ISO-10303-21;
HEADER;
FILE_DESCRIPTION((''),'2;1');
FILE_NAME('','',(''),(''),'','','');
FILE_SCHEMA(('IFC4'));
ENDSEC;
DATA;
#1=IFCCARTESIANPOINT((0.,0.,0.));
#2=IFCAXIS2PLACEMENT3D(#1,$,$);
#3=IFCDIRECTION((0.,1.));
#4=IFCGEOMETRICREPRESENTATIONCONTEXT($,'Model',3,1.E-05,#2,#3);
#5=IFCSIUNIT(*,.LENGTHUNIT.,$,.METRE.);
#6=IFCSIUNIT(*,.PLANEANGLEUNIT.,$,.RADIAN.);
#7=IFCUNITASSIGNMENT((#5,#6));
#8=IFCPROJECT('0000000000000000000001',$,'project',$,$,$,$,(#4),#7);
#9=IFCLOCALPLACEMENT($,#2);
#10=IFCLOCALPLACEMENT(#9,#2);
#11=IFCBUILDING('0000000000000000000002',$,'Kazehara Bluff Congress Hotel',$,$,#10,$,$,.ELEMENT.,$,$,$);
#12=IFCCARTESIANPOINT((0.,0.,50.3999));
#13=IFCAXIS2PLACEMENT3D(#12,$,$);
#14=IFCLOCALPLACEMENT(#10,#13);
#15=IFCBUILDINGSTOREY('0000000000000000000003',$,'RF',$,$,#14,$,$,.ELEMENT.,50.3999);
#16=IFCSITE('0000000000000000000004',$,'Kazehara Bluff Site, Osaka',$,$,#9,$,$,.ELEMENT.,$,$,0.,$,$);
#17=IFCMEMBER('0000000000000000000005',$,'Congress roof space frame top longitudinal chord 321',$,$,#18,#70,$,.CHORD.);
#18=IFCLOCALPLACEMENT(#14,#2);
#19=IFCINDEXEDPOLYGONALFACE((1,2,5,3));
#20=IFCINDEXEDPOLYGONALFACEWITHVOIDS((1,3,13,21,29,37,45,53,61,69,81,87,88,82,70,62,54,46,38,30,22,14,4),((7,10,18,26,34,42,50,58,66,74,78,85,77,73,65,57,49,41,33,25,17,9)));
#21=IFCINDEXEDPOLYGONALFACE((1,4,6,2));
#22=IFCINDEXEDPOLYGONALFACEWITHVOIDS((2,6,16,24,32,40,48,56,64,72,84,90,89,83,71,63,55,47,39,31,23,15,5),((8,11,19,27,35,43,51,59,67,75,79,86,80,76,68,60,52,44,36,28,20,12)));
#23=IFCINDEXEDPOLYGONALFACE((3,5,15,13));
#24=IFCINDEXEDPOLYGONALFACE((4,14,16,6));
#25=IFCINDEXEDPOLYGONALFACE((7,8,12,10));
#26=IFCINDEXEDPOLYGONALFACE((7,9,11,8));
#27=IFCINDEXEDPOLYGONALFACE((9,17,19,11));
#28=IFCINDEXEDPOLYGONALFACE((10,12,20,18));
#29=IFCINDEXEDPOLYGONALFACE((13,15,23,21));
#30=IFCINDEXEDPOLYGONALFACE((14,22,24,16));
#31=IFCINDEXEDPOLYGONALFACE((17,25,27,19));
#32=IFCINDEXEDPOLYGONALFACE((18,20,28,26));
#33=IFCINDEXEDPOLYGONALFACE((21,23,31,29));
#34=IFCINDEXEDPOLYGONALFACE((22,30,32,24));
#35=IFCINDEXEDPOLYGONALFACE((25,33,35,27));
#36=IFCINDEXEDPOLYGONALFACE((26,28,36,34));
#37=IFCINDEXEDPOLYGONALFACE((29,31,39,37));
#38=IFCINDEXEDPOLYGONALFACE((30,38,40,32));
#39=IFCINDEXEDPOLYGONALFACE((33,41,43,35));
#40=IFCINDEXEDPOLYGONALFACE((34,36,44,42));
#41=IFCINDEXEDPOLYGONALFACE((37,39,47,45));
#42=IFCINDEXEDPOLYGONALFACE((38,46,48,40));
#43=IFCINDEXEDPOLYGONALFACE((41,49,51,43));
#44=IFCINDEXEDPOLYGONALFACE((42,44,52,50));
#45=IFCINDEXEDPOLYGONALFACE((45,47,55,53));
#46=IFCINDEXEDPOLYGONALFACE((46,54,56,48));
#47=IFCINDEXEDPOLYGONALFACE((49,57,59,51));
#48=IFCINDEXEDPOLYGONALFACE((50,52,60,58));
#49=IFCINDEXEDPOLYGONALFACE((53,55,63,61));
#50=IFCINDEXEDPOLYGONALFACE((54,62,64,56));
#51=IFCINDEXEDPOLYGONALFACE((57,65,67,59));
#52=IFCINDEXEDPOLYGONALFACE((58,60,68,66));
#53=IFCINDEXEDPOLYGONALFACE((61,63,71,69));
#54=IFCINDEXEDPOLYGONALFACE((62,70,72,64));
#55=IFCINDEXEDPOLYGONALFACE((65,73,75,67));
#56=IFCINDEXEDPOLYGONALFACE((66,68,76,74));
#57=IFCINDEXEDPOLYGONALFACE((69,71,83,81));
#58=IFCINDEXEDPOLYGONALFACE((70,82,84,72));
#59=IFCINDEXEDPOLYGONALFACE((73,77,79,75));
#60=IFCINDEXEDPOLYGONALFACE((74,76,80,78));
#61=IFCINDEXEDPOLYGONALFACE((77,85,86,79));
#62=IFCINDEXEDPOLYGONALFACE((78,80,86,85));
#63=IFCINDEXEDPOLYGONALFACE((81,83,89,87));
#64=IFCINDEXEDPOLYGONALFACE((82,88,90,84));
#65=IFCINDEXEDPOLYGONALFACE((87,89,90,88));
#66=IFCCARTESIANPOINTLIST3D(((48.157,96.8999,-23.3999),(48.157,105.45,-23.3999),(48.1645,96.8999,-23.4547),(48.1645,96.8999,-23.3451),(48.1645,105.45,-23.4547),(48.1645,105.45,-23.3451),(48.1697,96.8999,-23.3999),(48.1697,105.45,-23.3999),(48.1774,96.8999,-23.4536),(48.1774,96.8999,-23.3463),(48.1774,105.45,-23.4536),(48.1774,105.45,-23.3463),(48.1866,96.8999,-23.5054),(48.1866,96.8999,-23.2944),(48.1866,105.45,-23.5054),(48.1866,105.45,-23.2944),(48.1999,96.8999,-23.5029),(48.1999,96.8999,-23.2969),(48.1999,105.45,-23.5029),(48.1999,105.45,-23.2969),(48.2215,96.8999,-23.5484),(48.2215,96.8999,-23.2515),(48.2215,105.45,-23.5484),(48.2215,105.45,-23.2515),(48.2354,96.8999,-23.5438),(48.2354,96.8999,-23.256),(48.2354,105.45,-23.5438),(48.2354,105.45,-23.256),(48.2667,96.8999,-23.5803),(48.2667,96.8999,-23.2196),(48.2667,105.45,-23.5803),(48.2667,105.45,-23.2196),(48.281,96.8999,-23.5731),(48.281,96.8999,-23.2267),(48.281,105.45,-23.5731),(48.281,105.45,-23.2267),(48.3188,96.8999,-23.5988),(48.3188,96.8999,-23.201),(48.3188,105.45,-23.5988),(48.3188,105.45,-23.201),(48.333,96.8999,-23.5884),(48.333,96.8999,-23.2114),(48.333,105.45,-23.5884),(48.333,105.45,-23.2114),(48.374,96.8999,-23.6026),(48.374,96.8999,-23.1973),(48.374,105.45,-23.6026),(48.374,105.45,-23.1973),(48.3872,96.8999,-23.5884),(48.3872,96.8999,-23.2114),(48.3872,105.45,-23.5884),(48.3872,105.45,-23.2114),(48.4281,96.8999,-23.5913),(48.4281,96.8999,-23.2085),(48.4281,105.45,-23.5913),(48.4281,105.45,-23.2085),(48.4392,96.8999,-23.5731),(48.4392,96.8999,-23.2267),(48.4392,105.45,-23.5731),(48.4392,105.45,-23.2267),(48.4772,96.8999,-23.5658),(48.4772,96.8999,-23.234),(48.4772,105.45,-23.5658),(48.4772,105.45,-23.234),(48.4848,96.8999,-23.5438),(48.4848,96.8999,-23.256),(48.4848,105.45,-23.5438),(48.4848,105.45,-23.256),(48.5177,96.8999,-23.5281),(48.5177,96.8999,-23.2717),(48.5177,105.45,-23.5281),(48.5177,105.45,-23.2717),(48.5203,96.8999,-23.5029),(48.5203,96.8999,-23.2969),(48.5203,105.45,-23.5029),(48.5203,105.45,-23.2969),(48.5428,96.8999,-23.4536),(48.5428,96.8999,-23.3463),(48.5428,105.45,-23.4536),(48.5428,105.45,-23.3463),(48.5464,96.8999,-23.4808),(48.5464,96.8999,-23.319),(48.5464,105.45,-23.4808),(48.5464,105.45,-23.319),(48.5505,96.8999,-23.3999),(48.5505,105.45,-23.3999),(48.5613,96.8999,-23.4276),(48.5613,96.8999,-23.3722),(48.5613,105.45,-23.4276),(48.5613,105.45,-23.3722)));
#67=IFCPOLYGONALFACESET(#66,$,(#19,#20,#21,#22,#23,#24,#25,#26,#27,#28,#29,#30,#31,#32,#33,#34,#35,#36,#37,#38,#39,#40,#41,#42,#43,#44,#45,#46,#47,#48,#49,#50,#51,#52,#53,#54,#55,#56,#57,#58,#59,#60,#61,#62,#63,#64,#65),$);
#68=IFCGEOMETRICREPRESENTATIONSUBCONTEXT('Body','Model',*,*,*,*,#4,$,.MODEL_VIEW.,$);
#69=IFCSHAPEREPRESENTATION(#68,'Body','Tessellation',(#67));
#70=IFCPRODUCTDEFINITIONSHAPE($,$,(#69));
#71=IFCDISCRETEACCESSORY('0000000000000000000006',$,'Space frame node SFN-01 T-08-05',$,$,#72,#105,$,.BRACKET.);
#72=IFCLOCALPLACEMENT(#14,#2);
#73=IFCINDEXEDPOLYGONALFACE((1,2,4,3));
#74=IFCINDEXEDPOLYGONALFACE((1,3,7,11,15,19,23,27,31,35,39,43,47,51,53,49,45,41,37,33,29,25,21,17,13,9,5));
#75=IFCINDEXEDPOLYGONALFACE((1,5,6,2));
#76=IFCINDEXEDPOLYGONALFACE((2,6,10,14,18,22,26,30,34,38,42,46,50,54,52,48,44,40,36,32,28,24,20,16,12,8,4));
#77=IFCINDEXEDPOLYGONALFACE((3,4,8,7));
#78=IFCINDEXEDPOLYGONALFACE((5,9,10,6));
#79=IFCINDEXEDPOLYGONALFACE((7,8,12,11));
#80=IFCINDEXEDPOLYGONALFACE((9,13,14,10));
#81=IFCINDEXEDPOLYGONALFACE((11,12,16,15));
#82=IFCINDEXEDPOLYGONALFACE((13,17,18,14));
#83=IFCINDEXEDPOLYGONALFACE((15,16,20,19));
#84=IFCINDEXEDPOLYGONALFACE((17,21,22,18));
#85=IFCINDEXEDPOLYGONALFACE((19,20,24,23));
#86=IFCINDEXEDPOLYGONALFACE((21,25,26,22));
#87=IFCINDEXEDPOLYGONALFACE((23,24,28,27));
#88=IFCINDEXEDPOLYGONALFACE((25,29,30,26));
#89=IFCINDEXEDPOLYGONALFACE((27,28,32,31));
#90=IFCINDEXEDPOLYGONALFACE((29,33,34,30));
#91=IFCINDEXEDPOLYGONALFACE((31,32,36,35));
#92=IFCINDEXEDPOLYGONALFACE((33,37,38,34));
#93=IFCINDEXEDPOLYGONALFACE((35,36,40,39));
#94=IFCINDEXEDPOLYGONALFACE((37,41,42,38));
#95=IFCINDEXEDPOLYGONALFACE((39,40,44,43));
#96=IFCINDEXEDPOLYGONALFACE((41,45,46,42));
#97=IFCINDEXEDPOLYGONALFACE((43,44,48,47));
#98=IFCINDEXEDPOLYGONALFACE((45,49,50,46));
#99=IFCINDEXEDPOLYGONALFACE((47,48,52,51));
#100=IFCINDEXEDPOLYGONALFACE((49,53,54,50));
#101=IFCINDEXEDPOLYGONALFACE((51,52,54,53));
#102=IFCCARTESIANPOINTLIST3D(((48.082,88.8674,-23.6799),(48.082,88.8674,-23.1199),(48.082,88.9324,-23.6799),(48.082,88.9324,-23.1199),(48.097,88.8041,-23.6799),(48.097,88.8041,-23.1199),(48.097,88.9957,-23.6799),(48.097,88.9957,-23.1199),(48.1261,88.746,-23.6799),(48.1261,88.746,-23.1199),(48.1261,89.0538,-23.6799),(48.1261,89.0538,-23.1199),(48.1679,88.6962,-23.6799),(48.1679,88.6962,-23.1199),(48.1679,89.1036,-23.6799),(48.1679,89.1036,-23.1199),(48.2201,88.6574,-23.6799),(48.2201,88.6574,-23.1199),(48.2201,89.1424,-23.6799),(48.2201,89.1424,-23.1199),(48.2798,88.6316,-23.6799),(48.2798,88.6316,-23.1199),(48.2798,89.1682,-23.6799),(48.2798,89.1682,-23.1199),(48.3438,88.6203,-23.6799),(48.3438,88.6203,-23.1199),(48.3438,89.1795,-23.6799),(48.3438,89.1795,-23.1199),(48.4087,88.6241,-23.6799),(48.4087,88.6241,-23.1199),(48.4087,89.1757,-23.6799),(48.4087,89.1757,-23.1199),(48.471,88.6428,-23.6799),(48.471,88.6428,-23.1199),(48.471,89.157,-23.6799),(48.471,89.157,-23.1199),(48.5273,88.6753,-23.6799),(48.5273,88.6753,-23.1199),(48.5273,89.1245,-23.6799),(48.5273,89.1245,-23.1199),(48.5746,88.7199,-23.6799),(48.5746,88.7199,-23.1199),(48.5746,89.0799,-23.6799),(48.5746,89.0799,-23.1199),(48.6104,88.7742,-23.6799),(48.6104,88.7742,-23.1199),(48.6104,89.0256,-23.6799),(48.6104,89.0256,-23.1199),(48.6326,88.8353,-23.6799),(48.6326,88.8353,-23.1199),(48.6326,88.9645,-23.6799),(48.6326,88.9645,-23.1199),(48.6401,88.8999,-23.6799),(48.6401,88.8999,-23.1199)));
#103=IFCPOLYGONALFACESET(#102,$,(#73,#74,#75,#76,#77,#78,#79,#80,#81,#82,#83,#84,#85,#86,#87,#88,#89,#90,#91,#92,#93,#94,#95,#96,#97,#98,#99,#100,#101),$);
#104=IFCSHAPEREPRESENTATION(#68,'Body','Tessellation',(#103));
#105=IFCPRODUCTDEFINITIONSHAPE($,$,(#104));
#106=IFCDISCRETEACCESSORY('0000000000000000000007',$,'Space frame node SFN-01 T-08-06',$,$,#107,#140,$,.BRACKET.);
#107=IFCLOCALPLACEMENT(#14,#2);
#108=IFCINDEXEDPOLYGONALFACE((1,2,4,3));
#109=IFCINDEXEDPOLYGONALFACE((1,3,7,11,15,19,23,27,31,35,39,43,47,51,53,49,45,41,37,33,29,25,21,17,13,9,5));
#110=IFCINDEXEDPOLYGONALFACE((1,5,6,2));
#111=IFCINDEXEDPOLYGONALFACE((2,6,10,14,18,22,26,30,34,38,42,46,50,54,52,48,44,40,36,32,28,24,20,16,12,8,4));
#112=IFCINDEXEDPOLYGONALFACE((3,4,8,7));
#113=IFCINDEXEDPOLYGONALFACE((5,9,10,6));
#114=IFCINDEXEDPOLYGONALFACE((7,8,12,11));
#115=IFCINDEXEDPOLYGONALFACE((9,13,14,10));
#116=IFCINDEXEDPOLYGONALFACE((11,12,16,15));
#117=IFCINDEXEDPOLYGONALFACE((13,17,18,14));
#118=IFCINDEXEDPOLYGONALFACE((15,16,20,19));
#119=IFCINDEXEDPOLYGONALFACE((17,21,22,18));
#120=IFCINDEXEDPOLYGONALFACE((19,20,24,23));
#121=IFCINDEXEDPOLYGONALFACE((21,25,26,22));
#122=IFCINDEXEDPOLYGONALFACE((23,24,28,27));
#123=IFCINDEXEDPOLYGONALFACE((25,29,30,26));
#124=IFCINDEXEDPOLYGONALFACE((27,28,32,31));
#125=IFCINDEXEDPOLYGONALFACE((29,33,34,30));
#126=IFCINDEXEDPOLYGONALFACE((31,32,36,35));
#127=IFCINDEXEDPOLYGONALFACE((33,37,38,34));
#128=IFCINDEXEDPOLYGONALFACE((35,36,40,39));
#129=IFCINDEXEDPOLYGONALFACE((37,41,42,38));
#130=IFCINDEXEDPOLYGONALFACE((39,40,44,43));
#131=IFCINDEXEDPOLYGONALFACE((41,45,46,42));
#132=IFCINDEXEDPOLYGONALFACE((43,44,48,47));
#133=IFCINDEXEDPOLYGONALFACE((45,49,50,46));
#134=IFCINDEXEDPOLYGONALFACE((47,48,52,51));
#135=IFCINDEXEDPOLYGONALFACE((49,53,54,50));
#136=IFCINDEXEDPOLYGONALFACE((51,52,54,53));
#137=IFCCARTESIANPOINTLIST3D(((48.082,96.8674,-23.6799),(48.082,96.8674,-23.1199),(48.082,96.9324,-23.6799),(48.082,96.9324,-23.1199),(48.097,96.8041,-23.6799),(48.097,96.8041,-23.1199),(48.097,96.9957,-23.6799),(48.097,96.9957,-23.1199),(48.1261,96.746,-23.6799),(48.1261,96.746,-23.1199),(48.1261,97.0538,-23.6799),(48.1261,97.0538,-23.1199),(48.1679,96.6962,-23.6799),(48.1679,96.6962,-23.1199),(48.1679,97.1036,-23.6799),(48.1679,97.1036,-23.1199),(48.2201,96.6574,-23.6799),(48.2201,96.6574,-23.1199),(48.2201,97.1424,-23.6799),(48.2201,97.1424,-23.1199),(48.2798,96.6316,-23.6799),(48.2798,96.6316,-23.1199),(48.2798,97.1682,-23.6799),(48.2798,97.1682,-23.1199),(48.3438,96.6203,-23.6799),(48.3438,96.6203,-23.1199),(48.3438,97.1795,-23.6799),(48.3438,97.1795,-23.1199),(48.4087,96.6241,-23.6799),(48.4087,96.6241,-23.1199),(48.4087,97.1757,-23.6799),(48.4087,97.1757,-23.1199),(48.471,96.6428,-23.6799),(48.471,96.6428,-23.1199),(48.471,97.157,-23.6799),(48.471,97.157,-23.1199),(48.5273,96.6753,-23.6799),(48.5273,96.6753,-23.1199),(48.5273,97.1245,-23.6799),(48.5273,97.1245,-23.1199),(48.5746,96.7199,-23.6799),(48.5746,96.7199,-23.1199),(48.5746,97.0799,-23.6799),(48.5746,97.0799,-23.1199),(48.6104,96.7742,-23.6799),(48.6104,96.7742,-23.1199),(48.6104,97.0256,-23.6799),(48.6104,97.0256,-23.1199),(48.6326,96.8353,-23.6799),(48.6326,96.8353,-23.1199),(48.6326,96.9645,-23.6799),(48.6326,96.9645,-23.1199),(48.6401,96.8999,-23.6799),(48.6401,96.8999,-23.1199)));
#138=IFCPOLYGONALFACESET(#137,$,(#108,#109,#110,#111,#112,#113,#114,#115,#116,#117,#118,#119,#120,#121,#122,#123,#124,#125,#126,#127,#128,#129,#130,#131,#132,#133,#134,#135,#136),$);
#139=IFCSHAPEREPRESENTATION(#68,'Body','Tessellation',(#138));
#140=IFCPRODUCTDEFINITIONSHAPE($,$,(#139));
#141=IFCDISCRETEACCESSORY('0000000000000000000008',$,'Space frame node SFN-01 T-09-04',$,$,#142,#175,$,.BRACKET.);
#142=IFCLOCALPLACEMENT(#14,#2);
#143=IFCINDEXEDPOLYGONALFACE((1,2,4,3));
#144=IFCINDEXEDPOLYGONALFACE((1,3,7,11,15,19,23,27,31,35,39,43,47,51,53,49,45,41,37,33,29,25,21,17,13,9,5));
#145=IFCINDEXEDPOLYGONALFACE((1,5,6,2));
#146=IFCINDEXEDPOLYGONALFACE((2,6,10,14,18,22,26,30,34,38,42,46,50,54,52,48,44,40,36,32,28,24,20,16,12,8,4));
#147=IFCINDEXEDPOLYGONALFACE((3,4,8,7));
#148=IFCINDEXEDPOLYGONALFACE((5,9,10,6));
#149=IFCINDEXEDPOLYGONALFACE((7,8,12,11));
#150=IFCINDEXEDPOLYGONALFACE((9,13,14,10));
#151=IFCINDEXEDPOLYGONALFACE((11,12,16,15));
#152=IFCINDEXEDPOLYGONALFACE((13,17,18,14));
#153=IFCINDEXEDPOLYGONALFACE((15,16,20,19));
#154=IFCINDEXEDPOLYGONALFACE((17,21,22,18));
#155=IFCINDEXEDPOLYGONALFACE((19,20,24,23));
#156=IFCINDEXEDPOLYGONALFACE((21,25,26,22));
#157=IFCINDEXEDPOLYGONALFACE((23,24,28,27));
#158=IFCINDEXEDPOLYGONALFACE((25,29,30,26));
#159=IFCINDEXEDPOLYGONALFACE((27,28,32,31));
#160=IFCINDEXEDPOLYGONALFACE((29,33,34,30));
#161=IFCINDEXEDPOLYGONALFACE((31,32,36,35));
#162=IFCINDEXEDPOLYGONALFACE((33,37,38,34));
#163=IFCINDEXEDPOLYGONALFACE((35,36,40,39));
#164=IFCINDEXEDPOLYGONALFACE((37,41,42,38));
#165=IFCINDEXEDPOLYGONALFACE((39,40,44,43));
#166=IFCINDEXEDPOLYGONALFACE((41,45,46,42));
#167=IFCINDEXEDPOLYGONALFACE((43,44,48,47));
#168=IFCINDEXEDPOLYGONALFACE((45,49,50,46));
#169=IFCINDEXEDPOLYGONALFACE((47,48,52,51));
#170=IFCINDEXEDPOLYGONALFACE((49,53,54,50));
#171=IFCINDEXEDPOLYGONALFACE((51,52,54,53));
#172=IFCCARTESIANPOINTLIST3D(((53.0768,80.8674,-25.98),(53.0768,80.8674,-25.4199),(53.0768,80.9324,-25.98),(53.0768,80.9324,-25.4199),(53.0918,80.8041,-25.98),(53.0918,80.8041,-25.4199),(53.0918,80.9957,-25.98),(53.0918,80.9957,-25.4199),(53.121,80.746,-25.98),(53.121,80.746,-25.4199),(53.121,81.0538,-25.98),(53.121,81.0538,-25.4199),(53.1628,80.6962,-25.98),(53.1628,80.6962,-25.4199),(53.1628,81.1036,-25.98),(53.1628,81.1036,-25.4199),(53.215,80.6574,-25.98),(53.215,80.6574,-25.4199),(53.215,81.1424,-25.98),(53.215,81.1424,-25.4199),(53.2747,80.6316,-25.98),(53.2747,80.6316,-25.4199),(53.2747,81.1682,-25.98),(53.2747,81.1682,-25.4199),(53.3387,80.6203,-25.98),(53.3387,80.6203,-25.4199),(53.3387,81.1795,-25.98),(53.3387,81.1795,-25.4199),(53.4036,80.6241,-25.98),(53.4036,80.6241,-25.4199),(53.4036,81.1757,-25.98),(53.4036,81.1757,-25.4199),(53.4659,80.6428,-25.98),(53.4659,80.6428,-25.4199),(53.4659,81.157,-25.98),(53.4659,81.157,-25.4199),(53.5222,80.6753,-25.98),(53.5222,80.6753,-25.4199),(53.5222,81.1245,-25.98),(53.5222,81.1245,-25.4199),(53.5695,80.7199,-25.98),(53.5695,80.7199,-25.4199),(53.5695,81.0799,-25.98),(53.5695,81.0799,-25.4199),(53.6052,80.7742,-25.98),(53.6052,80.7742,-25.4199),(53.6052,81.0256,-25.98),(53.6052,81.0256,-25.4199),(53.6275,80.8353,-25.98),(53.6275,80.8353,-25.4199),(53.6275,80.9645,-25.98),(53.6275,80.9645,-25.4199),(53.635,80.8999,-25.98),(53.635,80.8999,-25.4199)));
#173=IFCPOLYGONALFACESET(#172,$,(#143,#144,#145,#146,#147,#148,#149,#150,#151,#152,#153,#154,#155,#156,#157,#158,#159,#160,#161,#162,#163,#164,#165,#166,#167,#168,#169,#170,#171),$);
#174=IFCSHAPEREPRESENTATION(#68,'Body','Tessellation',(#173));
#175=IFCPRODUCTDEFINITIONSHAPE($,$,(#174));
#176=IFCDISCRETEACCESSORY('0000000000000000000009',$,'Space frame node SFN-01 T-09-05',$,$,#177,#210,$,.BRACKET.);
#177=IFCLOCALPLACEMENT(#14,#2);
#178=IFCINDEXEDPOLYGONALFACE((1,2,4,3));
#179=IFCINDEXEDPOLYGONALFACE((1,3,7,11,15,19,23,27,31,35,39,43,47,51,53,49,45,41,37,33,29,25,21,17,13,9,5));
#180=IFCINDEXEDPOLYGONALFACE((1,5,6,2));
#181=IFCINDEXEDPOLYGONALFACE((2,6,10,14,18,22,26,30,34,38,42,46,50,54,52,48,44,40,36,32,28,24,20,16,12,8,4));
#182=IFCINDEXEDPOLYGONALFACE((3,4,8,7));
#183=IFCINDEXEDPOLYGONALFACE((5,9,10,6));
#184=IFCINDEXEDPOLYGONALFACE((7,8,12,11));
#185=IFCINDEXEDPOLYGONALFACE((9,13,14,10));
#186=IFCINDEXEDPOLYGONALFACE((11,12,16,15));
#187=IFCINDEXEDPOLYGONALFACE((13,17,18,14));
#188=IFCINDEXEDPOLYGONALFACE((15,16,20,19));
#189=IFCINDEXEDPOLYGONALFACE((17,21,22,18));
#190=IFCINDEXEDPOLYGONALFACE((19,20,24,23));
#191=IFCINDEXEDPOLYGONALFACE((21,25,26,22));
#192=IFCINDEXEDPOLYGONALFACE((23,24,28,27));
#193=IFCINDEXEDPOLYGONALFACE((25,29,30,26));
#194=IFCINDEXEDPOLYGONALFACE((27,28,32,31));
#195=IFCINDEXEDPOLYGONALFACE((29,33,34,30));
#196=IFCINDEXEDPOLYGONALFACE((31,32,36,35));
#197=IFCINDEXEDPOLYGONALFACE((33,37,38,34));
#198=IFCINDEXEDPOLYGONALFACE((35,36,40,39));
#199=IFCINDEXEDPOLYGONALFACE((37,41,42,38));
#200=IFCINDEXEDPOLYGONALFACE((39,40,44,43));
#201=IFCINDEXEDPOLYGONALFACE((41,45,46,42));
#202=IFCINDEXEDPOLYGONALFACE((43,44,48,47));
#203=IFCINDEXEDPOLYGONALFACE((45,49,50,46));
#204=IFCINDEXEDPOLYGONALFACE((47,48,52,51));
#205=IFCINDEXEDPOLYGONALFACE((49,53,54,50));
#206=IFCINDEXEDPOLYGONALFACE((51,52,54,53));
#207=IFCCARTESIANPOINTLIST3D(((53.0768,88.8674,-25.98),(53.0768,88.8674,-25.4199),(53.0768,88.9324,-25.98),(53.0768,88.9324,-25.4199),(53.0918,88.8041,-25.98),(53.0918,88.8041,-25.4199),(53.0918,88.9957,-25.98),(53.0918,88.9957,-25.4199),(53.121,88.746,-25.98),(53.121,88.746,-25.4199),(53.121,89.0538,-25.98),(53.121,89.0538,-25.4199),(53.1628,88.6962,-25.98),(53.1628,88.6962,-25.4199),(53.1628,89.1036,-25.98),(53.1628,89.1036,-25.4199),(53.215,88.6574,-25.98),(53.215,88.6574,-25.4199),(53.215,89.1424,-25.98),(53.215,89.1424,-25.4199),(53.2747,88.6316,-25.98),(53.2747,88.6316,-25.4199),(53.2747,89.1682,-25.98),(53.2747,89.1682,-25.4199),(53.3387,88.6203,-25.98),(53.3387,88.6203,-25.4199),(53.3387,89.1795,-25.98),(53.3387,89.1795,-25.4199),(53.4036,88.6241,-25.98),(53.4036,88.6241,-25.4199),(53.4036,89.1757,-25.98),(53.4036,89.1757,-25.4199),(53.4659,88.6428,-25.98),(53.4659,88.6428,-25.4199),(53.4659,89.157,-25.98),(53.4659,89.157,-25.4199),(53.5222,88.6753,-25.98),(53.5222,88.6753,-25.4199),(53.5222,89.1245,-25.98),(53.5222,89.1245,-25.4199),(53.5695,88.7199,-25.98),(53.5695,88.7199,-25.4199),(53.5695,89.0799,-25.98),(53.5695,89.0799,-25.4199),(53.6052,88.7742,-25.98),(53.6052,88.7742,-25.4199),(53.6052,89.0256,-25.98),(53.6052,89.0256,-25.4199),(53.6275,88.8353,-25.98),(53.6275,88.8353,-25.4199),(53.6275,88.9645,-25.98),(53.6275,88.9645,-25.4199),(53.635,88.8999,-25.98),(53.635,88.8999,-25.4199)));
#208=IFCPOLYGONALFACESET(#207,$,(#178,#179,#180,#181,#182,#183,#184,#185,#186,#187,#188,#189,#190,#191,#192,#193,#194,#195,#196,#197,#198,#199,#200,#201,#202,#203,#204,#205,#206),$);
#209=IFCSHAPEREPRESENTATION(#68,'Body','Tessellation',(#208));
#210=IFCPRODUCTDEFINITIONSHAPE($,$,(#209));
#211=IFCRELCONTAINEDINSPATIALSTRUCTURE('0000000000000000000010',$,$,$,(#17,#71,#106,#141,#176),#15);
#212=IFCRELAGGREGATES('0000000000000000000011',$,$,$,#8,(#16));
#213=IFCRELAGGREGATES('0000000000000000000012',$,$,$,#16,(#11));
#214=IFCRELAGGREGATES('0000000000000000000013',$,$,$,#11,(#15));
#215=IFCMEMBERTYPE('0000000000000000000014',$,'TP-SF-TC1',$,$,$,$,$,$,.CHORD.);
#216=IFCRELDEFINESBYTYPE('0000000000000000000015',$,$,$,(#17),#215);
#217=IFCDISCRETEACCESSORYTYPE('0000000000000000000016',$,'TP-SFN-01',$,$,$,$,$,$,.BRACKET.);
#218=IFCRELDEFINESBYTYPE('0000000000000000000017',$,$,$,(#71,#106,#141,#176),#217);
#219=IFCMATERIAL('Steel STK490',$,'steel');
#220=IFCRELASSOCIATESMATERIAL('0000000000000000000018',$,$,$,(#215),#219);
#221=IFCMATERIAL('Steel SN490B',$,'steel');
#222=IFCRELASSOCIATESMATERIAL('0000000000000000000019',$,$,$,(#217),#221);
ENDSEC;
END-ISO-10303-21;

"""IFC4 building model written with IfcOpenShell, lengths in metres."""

from ifc_helpers import new_model, si_unit, direction, frame, origin, origin_2d, place, context, subcontext, project, spatial, circle, hollow_circle, extrude, material, material_profile, profile_set, type_object, element, save


model = new_model("IFC4")

# Units and contexts
model_context = context("Model", 3, precision=1e-05, world=origin(), true_north=direction((0.0, 1.0)))
body_context = subcontext(model_context, "Body", "Model", "MODEL_VIEW")
ifc_project = project(units=[si_unit("LENGTHUNIT", "METRE"), si_unit("PLANEANGLEUNIT", "RADIAN")], contexts=[model_context])

# Site, building, storey
site_placement = place(None, origin())
site = spatial("IfcSite", under=ifc_project, at=site_placement, Name="Kazehara Bluff Site, Osaka", CompositionType="ELEMENT", RefElevation=0.0)
building_placement = place(site_placement, origin())
building = spatial("IfcBuilding", under=site, at=building_placement, Name="Kazehara Bluff Congress Hotel", CompositionType="ELEMENT")
storey_placement = place(building_placement, frame((0.0, 0.0, 50.3999)))
storey = spatial("IfcBuildingStorey", under=building, at=storey_placement, Name="RF", CompositionType="ELEMENT", Elevation=50.3999)

# Member
ifc_material_1 = material(Name="Steel STK490", Category="steel")
ifc_material_profile_1 = material_profile(ifc_material_1, hollow_circle(Radius=0.2031, WallThickness=0.0127, at=origin_2d()))
ifc_profile_set_1 = profile_set([ifc_material_profile_1], Name="Steel STK490")
member_type_1 = type_object("IfcMemberType", Name="TP-SF-TC1", PredefinedType="CHORD", material=ifc_profile_set_1)
member_1_placement = place(storey_placement, frame((48.3601, 96.8999, -23.3999), z_axis=(0.0, 1.0, 0.0), x_axis=(-1.0, 0.0, 0.0)))
element("IfcMember", 1, at=member_1_placement, inside=storey, type_object=member_type_1, Name="Congress roof space frame top longitudinal chord 321", PredefinedType="CHORD", context=body_context, shape_type="SweptSolid", body=[
    extrude(hollow_circle(Radius=0.2031, WallThickness=0.0127, at=origin_2d()), origin(), (0.0, 0.0, 1.0), 8.55),
])

# Discrete accessories
ifc_material_2 = material(Name="Steel SN490B", Category="steel")
ifc_material_profile_2 = material_profile(ifc_material_2, circle(Radius=0.28, at=origin_2d()))
ifc_profile_set_2 = profile_set([ifc_material_profile_2], Name="Steel SN490B")
discrete_accessory_type_1 = type_object("IfcDiscreteAccessoryType", Name="TP-SFN-01", PredefinedType="BRACKET", material=ifc_profile_set_2)
for number, where, z_axis, x_axis, name in (
    (2, (48.3601, 88.8999, -23.6799), (0.0, 0.0, 1.0), (1.0, 0.0, 0.0), "Space frame node SFN-01 T-08-05"),
    (3, (48.3601, 96.8999, -23.6799), (0.0, 0.0, 1.0), (1.0, 0.0, 0.0), "Space frame node SFN-01 T-08-06"),
    (4, (53.355, 80.8999, -25.98), (0.0, 0.0, 1.0), (1.0, 0.0, 0.0), "Space frame node SFN-01 T-09-04"),
    (5, (53.355, 88.8999, -25.98), (0.0, 0.0, 1.0), (1.0, 0.0, 0.0), "Space frame node SFN-01 T-09-05"),
):
    element("IfcDiscreteAccessory", number, at=place(storey_placement, frame(where, z_axis=z_axis, x_axis=x_axis)), inside=storey, type_object=discrete_accessory_type_1, Name=name, PredefinedType="BRACKET", context=body_context, shape_type="SweptSolid", body=[
        extrude(circle(Radius=0.28, at=origin_2d()), origin(), (0.0, 0.0, 1.0), 0.5601),
    ])

save(model, "model.ifc")
